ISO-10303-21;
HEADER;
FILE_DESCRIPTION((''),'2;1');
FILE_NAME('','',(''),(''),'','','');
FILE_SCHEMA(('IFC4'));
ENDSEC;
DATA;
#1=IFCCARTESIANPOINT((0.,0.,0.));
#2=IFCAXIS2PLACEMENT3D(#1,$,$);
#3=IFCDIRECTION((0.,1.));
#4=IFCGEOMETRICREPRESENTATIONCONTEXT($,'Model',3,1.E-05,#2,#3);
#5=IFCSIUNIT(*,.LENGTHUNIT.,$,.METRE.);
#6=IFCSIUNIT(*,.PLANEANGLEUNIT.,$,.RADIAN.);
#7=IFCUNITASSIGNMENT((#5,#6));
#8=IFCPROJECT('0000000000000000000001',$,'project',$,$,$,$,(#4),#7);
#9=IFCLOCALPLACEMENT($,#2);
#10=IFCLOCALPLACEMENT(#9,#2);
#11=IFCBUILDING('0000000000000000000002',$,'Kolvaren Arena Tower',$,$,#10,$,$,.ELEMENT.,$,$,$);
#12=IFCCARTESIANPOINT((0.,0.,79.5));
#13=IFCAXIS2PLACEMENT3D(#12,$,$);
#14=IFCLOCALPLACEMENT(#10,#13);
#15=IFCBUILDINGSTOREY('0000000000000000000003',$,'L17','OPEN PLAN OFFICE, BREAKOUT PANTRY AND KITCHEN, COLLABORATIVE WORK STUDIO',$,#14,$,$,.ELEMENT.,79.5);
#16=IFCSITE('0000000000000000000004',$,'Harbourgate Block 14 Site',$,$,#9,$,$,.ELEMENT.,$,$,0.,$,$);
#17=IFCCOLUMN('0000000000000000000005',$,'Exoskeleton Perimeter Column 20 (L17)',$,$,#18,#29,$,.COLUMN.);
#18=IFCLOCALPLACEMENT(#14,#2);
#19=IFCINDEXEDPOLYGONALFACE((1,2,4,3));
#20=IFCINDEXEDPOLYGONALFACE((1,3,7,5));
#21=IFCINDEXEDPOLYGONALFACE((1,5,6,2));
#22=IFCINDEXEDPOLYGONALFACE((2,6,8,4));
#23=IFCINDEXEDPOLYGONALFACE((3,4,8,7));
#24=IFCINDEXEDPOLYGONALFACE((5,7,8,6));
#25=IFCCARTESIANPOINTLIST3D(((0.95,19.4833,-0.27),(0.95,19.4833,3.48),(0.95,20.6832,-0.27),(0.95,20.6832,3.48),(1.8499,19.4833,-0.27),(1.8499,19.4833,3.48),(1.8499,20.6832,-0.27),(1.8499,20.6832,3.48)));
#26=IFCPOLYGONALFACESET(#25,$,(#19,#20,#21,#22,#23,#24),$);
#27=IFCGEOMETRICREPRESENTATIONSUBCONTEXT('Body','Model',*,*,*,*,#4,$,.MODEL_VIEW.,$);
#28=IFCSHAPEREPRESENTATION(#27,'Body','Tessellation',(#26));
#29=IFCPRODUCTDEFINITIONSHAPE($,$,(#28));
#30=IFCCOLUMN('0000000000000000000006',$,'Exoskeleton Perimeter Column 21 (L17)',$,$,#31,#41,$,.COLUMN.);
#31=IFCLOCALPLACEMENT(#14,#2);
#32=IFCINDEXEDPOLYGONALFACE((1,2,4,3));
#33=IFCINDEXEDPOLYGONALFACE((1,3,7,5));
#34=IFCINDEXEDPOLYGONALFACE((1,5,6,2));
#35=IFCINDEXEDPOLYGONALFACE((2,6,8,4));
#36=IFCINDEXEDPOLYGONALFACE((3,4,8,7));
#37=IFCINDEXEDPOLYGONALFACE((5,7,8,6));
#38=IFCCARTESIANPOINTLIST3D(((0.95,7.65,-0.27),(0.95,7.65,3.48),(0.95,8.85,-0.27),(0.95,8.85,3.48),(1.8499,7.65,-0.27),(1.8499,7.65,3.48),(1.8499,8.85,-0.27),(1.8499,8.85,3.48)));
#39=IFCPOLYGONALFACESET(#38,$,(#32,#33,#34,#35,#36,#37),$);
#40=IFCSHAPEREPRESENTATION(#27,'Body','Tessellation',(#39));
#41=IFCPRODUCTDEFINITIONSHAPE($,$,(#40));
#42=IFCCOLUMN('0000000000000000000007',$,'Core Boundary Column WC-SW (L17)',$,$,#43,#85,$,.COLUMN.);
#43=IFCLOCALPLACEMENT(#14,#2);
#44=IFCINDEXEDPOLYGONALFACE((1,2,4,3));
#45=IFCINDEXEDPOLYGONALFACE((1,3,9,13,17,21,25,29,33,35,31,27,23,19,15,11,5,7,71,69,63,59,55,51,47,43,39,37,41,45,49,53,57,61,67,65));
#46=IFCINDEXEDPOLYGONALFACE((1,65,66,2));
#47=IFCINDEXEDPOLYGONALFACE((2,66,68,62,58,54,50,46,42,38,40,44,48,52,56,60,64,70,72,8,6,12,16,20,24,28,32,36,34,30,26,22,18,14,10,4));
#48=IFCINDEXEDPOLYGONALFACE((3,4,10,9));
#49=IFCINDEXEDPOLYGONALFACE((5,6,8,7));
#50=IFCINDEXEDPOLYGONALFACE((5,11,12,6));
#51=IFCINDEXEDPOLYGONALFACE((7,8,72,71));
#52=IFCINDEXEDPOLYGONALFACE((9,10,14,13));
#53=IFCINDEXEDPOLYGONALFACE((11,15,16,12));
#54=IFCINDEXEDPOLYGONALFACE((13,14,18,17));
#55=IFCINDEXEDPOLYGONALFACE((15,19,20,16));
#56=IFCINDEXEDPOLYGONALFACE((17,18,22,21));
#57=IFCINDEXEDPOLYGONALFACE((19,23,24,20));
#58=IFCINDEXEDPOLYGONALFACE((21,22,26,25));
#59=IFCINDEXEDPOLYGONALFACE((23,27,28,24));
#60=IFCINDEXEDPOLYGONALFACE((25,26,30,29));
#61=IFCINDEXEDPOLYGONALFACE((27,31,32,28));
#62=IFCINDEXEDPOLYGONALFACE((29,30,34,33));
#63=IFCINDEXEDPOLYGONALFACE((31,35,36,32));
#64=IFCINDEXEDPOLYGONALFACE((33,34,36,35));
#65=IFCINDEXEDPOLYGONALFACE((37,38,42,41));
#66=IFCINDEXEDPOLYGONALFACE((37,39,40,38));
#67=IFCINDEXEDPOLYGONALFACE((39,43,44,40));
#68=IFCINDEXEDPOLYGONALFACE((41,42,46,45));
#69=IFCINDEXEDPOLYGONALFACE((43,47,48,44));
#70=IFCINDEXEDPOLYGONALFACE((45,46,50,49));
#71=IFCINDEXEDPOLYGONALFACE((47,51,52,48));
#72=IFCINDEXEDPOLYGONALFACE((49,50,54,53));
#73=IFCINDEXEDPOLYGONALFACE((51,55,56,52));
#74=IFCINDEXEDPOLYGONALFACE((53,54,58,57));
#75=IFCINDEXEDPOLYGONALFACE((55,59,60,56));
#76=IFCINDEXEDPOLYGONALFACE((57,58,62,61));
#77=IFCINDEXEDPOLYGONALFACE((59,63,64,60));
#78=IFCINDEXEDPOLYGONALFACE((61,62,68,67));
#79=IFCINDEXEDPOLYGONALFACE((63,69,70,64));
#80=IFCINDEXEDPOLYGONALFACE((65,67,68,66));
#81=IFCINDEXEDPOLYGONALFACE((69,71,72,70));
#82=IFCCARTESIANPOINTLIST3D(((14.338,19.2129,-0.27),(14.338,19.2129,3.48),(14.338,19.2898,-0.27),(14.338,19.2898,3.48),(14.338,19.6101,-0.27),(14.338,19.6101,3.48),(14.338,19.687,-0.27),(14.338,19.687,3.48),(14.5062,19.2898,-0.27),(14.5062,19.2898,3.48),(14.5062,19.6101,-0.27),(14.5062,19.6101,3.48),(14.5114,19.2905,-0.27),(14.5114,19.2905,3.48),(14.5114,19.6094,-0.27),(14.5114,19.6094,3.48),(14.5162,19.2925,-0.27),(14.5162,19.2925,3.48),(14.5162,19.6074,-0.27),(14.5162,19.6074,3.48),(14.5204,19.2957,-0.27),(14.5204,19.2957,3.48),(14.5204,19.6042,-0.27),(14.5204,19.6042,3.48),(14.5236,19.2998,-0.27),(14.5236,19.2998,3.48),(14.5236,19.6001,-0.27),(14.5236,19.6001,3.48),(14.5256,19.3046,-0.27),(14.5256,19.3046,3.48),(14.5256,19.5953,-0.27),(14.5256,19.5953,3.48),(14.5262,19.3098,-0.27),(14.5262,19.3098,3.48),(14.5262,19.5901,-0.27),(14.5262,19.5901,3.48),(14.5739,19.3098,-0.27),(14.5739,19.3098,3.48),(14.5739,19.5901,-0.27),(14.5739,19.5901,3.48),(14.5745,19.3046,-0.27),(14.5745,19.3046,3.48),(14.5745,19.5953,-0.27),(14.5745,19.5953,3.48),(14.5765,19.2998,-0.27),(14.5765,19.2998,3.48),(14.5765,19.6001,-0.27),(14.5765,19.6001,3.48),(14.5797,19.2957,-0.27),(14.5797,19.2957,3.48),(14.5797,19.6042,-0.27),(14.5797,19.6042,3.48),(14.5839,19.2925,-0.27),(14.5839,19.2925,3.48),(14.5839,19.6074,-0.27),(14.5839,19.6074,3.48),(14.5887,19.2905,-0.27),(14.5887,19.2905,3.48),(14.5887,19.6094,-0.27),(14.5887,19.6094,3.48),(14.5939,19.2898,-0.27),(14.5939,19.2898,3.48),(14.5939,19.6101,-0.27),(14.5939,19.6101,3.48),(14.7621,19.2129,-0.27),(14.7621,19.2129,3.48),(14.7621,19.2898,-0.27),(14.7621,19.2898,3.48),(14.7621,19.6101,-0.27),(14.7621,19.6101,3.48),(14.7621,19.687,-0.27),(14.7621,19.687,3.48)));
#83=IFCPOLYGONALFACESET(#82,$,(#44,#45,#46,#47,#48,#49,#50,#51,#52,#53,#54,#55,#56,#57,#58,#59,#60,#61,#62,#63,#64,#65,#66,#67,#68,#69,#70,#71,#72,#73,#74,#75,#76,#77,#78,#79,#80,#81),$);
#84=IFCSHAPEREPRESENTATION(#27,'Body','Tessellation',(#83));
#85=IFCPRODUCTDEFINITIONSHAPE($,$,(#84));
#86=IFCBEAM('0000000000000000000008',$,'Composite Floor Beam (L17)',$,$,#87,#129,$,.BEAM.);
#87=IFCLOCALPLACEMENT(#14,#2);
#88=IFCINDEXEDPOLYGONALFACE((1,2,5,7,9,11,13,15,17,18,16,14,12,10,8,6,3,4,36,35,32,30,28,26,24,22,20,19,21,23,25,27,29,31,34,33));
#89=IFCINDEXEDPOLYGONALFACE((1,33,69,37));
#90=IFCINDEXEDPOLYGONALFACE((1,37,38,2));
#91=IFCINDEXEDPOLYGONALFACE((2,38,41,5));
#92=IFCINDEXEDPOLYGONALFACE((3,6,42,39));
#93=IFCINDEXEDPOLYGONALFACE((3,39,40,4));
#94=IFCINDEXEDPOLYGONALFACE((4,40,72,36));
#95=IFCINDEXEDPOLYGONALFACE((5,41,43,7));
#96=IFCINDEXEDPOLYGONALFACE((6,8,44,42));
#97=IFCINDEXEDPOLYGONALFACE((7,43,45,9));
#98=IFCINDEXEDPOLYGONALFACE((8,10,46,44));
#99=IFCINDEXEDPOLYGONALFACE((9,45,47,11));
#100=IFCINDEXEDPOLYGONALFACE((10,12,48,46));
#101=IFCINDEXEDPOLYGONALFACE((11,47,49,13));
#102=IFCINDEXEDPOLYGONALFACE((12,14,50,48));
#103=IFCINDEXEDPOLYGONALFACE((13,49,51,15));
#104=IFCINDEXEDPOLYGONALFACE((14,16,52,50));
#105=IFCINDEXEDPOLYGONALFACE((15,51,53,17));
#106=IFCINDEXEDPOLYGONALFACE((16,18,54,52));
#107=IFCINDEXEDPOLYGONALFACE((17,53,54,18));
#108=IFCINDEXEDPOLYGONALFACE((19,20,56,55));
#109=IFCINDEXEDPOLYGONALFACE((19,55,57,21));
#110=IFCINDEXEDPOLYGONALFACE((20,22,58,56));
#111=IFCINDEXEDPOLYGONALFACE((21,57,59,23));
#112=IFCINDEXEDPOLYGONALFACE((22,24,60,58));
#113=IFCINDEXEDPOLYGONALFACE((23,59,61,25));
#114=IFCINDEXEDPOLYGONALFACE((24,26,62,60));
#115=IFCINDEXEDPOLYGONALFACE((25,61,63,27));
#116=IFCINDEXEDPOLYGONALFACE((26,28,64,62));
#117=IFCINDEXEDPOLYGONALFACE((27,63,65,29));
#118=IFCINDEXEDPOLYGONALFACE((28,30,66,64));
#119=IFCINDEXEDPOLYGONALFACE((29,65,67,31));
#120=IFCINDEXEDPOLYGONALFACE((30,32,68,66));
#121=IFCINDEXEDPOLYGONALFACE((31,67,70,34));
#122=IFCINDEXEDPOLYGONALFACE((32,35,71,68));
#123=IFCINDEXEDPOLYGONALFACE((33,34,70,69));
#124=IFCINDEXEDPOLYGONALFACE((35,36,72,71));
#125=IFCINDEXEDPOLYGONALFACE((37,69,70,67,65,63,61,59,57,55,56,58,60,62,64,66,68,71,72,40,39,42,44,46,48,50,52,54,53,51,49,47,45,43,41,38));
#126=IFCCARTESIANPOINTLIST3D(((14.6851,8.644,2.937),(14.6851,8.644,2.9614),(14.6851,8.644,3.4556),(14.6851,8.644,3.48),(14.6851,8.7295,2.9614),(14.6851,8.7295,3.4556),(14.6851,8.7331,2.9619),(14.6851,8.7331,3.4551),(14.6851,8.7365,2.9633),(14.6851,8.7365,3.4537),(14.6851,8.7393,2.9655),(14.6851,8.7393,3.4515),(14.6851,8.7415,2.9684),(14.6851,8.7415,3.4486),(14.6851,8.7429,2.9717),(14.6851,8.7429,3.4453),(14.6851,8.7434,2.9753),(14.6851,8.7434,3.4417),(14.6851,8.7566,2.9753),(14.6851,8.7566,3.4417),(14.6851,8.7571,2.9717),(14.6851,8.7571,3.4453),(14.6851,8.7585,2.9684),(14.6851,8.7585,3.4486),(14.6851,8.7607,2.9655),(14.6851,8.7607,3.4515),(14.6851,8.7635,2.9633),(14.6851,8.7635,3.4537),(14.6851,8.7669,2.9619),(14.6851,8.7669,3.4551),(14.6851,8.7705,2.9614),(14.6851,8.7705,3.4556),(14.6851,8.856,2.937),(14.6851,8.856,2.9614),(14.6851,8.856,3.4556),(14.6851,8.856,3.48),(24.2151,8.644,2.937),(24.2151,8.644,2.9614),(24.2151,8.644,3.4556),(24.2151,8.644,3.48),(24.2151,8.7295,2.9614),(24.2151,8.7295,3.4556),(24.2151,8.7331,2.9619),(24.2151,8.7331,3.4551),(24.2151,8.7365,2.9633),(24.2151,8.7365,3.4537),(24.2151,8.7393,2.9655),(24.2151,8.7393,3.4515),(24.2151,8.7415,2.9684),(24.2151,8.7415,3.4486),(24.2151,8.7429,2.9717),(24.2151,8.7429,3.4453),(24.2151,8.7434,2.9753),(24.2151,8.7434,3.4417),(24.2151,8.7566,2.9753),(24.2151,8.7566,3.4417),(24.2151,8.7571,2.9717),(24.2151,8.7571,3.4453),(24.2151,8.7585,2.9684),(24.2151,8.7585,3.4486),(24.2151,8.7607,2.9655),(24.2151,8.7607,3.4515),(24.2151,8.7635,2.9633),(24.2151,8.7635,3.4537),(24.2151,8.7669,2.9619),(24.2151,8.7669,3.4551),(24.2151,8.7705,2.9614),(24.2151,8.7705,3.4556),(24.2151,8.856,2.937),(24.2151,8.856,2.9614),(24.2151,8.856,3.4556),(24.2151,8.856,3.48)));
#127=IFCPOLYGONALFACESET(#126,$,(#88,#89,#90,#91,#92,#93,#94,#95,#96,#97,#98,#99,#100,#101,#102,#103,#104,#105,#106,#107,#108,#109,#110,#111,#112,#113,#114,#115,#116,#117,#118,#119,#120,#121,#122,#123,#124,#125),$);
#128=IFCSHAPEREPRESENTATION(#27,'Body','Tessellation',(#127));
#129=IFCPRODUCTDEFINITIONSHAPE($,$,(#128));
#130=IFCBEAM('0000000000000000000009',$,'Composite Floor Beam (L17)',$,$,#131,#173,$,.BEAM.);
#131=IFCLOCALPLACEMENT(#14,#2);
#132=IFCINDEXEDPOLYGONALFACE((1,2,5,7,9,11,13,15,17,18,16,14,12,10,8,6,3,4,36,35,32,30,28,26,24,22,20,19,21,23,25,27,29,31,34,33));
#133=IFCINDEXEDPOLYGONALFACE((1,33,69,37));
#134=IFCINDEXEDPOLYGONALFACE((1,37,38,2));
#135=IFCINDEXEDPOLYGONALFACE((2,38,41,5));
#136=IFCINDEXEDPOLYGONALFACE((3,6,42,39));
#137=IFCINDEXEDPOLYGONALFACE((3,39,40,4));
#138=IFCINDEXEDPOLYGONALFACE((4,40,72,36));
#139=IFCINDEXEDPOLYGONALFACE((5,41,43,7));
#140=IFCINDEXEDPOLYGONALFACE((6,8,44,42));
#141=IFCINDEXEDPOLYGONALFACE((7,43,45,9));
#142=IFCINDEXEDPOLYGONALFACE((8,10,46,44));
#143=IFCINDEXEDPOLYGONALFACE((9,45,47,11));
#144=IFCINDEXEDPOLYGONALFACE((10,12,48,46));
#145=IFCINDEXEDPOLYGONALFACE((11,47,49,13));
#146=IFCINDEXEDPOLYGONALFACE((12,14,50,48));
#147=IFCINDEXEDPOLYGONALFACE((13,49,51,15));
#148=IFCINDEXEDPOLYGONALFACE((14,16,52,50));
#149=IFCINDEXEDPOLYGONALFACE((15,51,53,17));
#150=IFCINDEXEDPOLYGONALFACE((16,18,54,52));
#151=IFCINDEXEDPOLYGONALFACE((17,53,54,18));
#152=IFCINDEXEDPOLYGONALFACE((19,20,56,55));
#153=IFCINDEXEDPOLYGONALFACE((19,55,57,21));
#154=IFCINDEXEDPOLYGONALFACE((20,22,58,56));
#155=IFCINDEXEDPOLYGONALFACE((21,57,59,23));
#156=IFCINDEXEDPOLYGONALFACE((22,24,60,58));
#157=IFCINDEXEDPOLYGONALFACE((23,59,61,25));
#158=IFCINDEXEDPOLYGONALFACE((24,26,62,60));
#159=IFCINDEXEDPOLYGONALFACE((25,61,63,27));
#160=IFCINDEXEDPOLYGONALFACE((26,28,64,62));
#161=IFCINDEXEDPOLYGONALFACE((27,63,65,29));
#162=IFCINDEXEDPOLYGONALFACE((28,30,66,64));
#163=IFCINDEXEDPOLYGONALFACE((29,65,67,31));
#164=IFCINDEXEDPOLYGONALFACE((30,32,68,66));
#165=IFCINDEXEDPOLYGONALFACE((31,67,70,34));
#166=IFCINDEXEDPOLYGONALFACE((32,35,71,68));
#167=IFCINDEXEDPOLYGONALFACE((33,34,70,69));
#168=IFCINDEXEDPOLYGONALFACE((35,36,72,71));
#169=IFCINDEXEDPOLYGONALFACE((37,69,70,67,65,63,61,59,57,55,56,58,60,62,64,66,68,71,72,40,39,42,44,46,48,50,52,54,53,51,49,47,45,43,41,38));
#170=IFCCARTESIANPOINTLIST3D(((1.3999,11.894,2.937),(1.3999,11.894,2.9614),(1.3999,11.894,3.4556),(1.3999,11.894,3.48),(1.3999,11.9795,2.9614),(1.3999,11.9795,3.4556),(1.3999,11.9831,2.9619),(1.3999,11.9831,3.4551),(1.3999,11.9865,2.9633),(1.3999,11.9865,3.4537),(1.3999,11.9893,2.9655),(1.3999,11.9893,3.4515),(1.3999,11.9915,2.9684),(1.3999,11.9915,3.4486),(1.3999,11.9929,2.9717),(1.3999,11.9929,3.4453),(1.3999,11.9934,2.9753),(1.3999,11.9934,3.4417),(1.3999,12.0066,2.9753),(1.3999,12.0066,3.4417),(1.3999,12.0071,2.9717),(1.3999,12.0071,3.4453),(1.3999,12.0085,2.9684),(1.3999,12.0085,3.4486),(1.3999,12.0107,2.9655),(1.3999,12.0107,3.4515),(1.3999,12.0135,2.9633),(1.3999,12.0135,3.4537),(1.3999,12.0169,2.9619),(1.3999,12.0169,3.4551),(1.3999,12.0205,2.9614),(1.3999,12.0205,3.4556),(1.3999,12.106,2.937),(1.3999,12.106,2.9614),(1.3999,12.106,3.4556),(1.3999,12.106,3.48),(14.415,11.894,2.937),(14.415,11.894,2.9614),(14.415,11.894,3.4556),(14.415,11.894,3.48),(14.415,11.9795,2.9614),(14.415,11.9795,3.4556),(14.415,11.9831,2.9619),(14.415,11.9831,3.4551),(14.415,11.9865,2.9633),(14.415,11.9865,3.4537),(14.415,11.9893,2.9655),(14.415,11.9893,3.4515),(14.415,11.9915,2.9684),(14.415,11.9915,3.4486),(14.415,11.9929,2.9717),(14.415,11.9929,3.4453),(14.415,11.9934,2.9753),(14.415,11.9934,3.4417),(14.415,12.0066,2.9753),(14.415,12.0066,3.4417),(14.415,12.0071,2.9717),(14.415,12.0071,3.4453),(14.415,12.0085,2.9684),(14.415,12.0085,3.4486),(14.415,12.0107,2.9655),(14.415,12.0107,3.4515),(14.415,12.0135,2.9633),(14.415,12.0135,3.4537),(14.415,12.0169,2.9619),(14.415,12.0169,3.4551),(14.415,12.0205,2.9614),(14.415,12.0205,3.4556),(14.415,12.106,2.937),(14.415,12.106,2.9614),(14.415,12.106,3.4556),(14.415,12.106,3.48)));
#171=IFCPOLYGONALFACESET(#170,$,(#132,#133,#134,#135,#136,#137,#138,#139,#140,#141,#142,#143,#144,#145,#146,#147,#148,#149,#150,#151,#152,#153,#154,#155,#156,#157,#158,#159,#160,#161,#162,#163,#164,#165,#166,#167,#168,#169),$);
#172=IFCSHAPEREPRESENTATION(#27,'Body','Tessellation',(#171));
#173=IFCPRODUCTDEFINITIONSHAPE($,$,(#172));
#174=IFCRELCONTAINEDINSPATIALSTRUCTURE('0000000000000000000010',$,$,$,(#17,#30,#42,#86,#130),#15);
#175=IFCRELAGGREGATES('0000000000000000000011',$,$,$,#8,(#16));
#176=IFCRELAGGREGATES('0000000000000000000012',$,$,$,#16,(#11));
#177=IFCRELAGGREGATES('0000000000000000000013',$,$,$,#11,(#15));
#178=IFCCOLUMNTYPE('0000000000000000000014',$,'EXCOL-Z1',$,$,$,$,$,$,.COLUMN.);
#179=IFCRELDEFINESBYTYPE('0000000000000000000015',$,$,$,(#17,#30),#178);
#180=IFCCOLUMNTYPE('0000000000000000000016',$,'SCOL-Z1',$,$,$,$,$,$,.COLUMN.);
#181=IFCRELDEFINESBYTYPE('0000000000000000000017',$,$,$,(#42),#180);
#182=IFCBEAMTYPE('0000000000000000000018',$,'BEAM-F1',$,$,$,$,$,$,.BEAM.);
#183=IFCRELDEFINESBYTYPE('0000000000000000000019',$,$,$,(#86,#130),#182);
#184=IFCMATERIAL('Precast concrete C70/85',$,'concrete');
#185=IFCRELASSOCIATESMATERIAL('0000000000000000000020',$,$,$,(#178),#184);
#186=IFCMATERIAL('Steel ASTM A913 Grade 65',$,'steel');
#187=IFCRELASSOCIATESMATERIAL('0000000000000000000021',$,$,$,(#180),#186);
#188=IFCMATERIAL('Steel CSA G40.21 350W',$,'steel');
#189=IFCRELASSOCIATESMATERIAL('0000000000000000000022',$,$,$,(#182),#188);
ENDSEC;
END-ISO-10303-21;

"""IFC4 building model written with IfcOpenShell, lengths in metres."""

from ifc_helpers import new_model, si_unit, direction, frame, origin, origin_2d, place, context, subcontext, project, spatial, rectangle, i_section, extrude, material, material_profile, profile_set, type_object, element, save


model = new_model("IFC4")

# Units and contexts
model_context = context("Model", 3, precision=1e-05, world=origin(), true_north=direction((0.0, 1.0)))
body_context = subcontext(model_context, "Body", "Model", "MODEL_VIEW")
ifc_project = project(units=[si_unit("LENGTHUNIT", "METRE"), si_unit("PLANEANGLEUNIT", "RADIAN")], contexts=[model_context])

# Site, building, storey
site_placement = place(None, origin())
site = spatial("IfcSite", under=ifc_project, at=site_placement, Name="Harbourgate Block 14 Site", CompositionType="ELEMENT", RefElevation=0.0)
building_placement = place(site_placement, origin())
building = spatial("IfcBuilding", under=site, at=building_placement, Name="Kolvaren Arena Tower", CompositionType="ELEMENT")
storey_placement = place(building_placement, frame((0.0, 0.0, 79.5)))
storey = spatial("IfcBuildingStorey", under=building, at=storey_placement, Name="L17", Description="OPEN PLAN OFFICE, BREAKOUT PANTRY AND KITCHEN, COLLABORATIVE WORK STUDIO", CompositionType="ELEMENT", Elevation=79.5)

# Columns
ifc_material_1 = material(Name="Precast concrete C70/85", Category="concrete")
ifc_material_profile_1 = material_profile(ifc_material_1, rectangle(XDim=1.2, YDim=0.8999, at=origin_2d()), Name="RC-1200x900")
ifc_profile_set_1 = profile_set([ifc_material_profile_1], Name="Precast concrete C70/85")
column_type_1 = type_object("IfcColumnType", Name="EXCOL-Z1", PredefinedType="COLUMN", material=ifc_profile_set_1)
for number, where, z_axis, x_axis, name in (
    (1, (1.3999, 20.0833, -0.27), (0.0, 0.0, 1.0), (0.0, 1.0, 0.0), "Exoskeleton Perimeter Column 20 (L17)"),
    (2, (1.3999, 8.25, -0.27), (0.0, 0.0, 1.0), (0.0, 1.0, 0.0), "Exoskeleton Perimeter Column 21 (L17)"),
):
    element("IfcColumn", number, at=place(storey_placement, frame(where, z_axis=z_axis, x_axis=x_axis)), inside=storey, type_object=column_type_1, Name=name, PredefinedType="COLUMN", context=body_context, shape_type="SweptSolid", body=[
        extrude(rectangle(XDim=1.2, YDim=0.8999, at=origin_2d()), origin(), (0.0, 0.0, 1.0), 3.75),
    ])
ifc_material_2 = material(Name="Steel ASTM A913 Grade 65", Category="steel")
ifc_material_profile_2 = material_profile(ifc_material_2, i_section(OverallWidth=0.4241, OverallDepth=0.4741, WebThickness=0.0476, FlangeThickness=0.0769, FilletRadius=0.02, at=origin_2d()), Name="W360x634")
ifc_profile_set_2 = profile_set([ifc_material_profile_2], Name="Steel ASTM A913 Grade 65")
column_type_2 = type_object("IfcColumnType", Name="SCOL-Z1", PredefinedType="COLUMN", material=ifc_profile_set_2)
column_placement = place(storey_placement, frame((14.55, 19.45, -0.27), z_axis=(0.0, 0.0, 1.0), x_axis=(1.0, 0.0, 0.0)))
element("IfcColumn", 3, at=column_placement, inside=storey, type_object=column_type_2, Name="Core Boundary Column WC-SW (L17)", PredefinedType="COLUMN", context=body_context, shape_type="SweptSolid", body=[
    extrude(i_section(OverallWidth=0.4241, OverallDepth=0.4741, WebThickness=0.0476, FlangeThickness=0.0769, FilletRadius=0.02, at=origin_2d()), origin(), (0.0, 0.0, 1.0), 3.75),
])

# Beams
ifc_material_3 = material(Name="Steel CSA G40.21 350W", Category="steel")
ifc_material_profile_3 = material_profile(ifc_material_3, i_section(OverallWidth=0.2119, OverallDepth=0.543, WebThickness=0.0132, FlangeThickness=0.0244, FilletRadius=0.0139, at=origin_2d()), Name="W530x150")
ifc_profile_set_3 = profile_set([ifc_material_profile_3], Name="Steel CSA G40.21 350W")
beam_type_1 = type_object("IfcBeamType", Name="BEAM-F1", PredefinedType="BEAM", material=ifc_profile_set_3)
beam_1_placement = place(storey_placement, frame((14.6851, 8.75, 3.2085), z_axis=(1.0, 0.0, 0.0), x_axis=(0.0, 1.0, 0.0)))
element("IfcBeam", 4, at=beam_1_placement, inside=storey, type_object=beam_type_1, Name="Composite Floor Beam (L17)", PredefinedType="BEAM", context=body_context, shape_type="SweptSolid", body=[
    extrude(i_section(OverallWidth=0.2119, OverallDepth=0.543, WebThickness=0.0132, FlangeThickness=0.0244, FilletRadius=0.0139, at=origin_2d()), origin(), (0.0, 0.0, 1.0), 9.53),
])
beam_2_placement = place(storey_placement, frame((1.3999, 12.0, 3.2085), z_axis=(1.0, 0.0, 0.0), x_axis=(0.0, 1.0, 0.0)))
element("IfcBeam", 5, at=beam_2_placement, inside=storey, type_object=beam_type_1, Name="Composite Floor Beam (L17)", PredefinedType="BEAM", context=body_context, shape_type="SweptSolid", body=[
    extrude(i_section(OverallWidth=0.2119, OverallDepth=0.543, WebThickness=0.0132, FlangeThickness=0.0244, FilletRadius=0.0139, at=origin_2d()), origin(), (0.0, 0.0, 1.0), 13.0151),
])

save(model, "model.ifc")
